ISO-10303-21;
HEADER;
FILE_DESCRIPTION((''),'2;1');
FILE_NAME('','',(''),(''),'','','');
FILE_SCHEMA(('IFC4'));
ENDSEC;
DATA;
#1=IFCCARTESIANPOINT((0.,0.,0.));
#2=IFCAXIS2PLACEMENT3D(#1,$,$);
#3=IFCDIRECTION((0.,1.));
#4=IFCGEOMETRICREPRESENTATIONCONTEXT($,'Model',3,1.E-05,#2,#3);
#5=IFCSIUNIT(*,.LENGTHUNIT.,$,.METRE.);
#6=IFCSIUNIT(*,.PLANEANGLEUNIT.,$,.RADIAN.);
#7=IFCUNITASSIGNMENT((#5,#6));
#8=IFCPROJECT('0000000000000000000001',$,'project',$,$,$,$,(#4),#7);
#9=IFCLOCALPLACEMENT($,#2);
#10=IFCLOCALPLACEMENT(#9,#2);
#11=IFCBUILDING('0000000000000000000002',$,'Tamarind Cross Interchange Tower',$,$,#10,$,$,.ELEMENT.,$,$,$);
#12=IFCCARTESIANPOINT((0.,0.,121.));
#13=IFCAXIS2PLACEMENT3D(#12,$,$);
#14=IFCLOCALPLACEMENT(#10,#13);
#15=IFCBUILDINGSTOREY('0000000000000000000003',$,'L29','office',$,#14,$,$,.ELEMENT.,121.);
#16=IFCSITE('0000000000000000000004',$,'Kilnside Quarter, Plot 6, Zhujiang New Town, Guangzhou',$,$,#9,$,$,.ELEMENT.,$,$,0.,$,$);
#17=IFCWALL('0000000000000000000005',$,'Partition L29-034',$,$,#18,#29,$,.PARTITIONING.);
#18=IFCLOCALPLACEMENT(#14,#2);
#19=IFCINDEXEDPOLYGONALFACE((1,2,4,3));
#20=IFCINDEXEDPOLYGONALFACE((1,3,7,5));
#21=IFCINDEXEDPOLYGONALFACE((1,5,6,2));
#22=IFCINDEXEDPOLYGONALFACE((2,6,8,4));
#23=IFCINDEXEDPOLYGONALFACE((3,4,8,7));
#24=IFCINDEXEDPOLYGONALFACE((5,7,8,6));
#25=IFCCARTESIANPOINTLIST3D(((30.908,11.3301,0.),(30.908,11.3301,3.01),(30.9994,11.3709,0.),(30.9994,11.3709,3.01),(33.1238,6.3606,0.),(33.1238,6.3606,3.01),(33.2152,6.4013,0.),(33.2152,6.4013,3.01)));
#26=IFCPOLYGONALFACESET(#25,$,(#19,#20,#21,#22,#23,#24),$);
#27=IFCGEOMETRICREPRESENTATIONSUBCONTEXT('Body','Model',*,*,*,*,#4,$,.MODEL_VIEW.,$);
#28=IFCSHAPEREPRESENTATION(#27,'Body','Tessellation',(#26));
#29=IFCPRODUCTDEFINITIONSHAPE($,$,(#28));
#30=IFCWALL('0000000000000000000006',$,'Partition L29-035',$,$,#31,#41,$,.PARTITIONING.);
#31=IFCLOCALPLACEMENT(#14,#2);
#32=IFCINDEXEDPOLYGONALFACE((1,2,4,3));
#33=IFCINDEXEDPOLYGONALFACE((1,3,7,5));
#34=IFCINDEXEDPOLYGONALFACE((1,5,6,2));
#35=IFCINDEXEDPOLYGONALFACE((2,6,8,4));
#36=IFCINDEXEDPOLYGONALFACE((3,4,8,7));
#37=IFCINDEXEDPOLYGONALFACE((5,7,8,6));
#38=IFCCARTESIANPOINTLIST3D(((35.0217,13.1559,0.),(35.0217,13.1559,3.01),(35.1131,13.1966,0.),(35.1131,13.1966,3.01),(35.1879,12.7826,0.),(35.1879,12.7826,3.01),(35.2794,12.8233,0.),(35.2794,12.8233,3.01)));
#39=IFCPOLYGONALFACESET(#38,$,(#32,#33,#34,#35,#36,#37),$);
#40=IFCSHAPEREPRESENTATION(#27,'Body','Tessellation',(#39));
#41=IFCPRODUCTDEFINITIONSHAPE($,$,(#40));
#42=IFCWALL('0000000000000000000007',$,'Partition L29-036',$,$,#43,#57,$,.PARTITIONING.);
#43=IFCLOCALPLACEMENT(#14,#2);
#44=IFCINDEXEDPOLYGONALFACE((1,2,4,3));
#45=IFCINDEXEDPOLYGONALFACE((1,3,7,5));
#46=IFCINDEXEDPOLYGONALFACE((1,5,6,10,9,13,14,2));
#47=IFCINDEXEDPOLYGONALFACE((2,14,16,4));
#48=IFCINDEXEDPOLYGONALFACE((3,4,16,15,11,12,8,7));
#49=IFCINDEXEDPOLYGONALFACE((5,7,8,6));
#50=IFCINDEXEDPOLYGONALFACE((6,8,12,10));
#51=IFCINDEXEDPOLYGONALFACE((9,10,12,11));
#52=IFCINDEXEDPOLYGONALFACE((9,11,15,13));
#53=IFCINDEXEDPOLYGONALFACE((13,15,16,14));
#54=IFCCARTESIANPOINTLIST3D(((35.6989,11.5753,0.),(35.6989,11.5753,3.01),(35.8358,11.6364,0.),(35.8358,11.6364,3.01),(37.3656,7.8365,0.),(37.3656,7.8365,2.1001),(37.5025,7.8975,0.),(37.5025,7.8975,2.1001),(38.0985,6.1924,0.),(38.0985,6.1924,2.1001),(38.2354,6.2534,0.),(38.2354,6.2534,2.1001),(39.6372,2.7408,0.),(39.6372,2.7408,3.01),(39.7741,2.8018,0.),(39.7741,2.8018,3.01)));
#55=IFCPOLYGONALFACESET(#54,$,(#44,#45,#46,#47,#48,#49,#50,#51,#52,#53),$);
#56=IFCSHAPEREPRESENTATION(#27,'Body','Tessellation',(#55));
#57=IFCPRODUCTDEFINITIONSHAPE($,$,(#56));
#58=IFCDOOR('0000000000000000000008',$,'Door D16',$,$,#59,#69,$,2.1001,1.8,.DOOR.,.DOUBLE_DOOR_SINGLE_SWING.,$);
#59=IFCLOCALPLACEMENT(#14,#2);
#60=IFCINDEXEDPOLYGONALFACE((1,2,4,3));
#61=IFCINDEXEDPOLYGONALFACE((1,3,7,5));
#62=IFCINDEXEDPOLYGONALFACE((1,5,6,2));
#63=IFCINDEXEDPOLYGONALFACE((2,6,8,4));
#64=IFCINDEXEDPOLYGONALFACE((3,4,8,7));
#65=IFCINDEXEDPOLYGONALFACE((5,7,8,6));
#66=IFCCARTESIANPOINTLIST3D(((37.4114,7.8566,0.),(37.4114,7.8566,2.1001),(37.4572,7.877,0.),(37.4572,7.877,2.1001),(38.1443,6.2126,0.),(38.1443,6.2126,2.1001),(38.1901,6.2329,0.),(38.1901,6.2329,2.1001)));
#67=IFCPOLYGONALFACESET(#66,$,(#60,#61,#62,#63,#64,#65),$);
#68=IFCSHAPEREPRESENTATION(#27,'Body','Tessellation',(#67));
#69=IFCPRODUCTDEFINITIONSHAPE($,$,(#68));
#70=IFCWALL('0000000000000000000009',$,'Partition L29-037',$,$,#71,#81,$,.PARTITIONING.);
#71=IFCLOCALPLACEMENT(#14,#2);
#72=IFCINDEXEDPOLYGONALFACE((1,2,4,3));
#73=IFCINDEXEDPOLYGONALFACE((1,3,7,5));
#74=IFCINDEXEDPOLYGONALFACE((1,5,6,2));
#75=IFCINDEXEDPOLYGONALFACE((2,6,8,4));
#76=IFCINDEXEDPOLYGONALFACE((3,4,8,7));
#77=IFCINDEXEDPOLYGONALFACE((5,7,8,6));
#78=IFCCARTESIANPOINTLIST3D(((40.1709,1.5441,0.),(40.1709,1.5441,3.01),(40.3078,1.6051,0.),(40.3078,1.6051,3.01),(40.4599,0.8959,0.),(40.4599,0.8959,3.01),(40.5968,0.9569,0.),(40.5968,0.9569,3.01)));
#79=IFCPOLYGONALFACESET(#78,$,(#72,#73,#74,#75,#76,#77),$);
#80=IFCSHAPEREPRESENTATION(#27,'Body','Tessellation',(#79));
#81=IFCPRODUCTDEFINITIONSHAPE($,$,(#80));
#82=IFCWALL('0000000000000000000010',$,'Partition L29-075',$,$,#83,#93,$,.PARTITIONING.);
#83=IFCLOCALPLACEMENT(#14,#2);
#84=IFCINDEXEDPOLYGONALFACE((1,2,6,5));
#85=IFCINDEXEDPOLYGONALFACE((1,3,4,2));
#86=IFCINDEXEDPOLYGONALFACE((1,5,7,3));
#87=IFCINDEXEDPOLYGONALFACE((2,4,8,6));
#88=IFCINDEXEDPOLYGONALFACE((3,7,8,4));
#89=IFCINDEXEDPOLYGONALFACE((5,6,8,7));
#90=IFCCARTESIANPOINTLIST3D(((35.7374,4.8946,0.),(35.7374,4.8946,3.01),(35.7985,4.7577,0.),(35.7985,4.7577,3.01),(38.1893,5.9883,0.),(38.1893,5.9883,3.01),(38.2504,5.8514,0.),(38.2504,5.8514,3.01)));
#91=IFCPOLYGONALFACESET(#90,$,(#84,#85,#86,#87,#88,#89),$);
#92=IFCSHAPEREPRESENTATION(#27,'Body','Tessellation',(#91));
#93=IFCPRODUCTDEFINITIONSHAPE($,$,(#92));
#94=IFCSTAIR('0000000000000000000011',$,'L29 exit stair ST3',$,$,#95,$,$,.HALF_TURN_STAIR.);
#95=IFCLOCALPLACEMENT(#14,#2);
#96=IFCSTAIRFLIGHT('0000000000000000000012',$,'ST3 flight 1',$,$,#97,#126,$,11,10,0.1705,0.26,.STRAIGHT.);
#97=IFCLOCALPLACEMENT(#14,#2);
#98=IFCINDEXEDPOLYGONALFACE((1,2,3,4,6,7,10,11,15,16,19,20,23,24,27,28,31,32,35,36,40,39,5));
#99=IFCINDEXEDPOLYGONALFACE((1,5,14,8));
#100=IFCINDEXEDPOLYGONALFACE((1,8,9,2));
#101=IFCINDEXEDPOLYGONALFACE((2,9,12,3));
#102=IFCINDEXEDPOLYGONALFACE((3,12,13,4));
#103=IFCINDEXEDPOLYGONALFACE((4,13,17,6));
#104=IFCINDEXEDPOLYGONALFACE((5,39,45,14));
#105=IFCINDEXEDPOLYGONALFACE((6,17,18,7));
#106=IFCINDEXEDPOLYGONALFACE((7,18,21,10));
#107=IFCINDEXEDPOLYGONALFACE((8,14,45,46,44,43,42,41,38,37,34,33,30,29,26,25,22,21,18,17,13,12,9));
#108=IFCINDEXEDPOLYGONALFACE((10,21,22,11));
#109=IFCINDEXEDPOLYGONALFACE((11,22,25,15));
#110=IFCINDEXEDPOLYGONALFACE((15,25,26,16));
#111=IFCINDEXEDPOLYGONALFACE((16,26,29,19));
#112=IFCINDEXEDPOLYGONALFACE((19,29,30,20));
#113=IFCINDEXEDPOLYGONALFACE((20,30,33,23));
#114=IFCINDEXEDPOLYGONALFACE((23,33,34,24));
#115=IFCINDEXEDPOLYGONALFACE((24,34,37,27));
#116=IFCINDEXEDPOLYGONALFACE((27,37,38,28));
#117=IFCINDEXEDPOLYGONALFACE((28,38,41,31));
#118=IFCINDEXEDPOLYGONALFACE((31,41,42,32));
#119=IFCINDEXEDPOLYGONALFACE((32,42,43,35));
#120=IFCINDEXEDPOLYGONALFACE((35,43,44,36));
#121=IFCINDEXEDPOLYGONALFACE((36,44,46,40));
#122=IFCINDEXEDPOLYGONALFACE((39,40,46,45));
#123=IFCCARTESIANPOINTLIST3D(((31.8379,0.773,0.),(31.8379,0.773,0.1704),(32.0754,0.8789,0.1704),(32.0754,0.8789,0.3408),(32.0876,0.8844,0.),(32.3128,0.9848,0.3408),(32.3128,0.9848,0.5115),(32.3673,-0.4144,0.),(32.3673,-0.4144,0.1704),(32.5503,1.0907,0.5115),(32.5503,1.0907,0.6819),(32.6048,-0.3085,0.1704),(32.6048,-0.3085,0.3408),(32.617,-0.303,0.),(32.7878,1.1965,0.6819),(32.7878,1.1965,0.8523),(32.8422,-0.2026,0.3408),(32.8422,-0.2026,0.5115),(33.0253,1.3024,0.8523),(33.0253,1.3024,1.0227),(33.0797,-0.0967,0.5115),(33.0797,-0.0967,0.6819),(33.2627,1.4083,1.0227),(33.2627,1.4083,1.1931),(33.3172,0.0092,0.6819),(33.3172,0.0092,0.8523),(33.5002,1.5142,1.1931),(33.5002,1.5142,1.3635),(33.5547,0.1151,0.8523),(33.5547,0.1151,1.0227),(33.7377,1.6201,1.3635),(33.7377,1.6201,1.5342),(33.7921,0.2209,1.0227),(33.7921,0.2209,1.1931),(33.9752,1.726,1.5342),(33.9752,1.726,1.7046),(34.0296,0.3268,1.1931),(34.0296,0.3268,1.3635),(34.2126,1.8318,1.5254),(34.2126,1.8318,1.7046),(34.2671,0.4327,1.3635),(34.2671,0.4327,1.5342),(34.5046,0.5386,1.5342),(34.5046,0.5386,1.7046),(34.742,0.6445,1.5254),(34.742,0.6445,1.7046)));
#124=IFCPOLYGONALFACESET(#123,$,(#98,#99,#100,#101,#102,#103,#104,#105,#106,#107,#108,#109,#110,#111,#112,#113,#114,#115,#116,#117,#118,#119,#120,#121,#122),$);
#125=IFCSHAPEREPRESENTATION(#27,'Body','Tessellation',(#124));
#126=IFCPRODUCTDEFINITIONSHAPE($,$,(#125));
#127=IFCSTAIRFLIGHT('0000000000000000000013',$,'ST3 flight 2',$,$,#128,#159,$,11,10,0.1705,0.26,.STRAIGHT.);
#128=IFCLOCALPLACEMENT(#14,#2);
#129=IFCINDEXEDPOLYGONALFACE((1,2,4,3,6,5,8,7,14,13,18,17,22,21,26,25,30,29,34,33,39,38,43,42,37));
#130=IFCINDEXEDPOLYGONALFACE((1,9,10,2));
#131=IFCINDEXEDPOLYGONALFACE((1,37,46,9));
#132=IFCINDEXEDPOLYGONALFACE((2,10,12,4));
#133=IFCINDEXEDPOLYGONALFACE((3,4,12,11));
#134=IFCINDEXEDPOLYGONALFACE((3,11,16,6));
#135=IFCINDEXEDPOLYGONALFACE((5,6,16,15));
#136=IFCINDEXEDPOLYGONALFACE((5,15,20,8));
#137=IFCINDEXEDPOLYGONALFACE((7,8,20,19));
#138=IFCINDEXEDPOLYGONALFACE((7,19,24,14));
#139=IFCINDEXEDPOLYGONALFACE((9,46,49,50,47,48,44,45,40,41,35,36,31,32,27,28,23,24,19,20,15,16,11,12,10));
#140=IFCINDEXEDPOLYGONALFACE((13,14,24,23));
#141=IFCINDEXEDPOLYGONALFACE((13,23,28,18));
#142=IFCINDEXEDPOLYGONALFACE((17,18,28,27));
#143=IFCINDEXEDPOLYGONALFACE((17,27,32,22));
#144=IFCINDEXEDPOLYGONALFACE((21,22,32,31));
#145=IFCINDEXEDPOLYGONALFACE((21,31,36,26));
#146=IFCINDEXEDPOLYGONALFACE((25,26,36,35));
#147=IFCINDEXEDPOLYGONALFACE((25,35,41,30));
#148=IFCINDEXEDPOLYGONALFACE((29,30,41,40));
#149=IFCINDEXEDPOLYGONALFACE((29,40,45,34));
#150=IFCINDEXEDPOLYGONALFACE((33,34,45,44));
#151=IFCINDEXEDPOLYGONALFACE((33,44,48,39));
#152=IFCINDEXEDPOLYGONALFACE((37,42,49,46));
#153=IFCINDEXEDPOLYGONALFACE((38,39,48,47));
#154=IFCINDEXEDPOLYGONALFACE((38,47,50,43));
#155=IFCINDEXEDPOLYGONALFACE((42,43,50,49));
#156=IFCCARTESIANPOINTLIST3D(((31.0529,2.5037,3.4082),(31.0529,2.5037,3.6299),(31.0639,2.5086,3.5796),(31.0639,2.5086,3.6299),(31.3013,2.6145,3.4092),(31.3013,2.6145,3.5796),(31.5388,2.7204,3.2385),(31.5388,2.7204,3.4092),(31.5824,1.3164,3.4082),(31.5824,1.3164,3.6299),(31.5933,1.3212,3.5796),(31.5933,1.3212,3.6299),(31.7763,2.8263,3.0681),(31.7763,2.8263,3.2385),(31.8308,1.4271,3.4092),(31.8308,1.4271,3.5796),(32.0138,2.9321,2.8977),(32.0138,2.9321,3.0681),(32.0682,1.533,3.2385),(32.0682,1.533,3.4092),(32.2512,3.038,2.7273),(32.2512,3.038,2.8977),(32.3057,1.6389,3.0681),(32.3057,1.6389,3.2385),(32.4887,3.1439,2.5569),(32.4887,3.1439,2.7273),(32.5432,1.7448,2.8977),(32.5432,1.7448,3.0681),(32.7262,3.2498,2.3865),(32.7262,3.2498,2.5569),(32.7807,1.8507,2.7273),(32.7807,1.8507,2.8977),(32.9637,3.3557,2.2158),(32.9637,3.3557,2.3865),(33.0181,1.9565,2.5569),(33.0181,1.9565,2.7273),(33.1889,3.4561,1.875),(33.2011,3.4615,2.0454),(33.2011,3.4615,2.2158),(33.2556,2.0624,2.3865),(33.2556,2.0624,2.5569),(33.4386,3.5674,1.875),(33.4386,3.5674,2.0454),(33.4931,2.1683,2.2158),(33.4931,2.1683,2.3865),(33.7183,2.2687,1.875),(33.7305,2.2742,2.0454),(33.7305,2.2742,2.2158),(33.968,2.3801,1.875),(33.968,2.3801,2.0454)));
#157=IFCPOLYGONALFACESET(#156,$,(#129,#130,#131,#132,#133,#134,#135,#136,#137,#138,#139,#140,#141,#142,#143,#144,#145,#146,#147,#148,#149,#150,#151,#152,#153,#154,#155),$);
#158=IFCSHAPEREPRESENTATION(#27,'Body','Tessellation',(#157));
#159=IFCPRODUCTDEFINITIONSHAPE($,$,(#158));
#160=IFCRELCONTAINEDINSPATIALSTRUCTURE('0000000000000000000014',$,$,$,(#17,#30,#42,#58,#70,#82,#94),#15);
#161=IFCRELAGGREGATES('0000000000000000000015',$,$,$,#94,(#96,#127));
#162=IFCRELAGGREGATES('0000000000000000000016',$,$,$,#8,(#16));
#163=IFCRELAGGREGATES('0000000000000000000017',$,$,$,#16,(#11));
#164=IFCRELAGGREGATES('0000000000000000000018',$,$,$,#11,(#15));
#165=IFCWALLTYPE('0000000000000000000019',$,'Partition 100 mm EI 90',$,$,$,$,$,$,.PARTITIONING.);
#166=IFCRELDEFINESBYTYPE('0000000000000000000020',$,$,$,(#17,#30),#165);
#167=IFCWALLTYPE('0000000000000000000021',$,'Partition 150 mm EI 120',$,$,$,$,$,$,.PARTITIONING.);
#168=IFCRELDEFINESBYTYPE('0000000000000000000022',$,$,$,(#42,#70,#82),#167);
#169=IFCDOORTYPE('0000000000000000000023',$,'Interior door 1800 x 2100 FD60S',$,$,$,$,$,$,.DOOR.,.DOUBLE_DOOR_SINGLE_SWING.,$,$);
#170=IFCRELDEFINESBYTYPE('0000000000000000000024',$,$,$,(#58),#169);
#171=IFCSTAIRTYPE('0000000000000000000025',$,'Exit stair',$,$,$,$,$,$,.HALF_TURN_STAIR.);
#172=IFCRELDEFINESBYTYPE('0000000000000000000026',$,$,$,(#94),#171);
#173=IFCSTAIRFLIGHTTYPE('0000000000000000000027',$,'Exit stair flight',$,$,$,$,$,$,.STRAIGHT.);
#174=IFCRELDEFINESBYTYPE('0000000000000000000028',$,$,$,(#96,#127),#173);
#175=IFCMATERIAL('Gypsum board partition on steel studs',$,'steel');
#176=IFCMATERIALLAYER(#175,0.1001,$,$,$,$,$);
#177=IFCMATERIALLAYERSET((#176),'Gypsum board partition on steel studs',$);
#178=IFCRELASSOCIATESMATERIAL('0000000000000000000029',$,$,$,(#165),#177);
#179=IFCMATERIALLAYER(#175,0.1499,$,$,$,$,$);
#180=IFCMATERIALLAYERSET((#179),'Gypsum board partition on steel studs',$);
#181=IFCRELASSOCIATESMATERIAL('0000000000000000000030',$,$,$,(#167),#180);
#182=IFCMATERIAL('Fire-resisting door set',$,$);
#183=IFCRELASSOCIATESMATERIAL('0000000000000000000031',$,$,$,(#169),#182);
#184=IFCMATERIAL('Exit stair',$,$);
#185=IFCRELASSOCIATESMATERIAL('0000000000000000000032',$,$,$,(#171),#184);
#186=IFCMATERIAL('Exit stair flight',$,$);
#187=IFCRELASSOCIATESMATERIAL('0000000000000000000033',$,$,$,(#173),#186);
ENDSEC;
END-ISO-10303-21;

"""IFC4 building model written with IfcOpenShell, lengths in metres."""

from ifc_helpers import new_model, si_unit, direction, frame, frame_2d, origin, place, context, subcontext, project, spatial, polyline, rectangle, outline, extrude, material, layer, layer_set, type_object, element, fill, aggregate, save


model = new_model("IFC4")

# Units and contexts
model_context = context("Model", 3, precision=1e-05, world=origin(), true_north=direction((0.0, 1.0)))
body_context = subcontext(model_context, "Body", "Model", "MODEL_VIEW")
ifc_project = project(units=[si_unit("LENGTHUNIT", "METRE"), si_unit("PLANEANGLEUNIT", "RADIAN")], contexts=[model_context])

# Site, building, storey
site_placement = place(None, origin())
site = spatial("IfcSite", under=ifc_project, at=site_placement, Name="Kilnside Quarter, Plot 6, Zhujiang New Town, Guangzhou", CompositionType="ELEMENT", RefElevation=0.0)
building_placement = place(site_placement, origin())
building = spatial("IfcBuilding", under=site, at=building_placement, Name="Tamarind Cross Interchange Tower", CompositionType="ELEMENT")
storey_placement = place(building_placement, frame((0.0, 0.0, 121.0)))
storey = spatial("IfcBuildingStorey", under=building, at=storey_placement, Name="L29", Description="office", CompositionType="ELEMENT", Elevation=121.0)

# Walls
ifc_material_1 = material(Name="Gypsum board partition on steel studs", Category="steel")
ifc_layer_1 = layer(ifc_material_1, 0.1001)
ifc_layer_set_1 = layer_set([ifc_layer_1], Name="Gypsum board partition on steel studs")
wall_type_1 = type_object("IfcWallType", Name="Partition 100 mm EI 90", PredefinedType="PARTITIONING", material=ifc_layer_set_1)
wall_1_placement = place(storey_placement, frame((30.9536, 11.3506, 0.0), z_axis=(0.0, 0.0, 1.0), x_axis=(0.407237, -0.913322, 0.0)))
element("IfcWall", 1, at=wall_1_placement, inside=storey, type_object=wall_type_1, Name="Partition L29-034", PredefinedType="PARTITIONING", context=body_context, shape_type="SweptSolid", body=[
    extrude(rectangle(XDim=5.4412, YDim=0.1001, at=frame_2d((2.7207, 0.0))), origin(), (0.0, 0.0, 1.0), 3.01),
])
wall_2_placement = place(storey_placement, frame((35.0674, 13.1763, 0.0), z_axis=(0.0, 0.0, 1.0), x_axis=(0.406859, -0.913491, 0.0)))
element("IfcWall", 2, at=wall_2_placement, inside=storey, type_object=wall_type_1, Name="Partition L29-035", PredefinedType="PARTITIONING", context=body_context, shape_type="SweptSolid", body=[
    extrude(rectangle(XDim=0.4087, YDim=0.1001, at=frame_2d((0.2043, 0.0))), origin(), (0.0, 0.0, 1.0), 3.01),
])

# Wall, opening, door
ifc_layer_2 = layer(ifc_material_1, 0.1499)
ifc_layer_set_2 = layer_set([ifc_layer_2], Name="Gypsum board partition on steel studs")
wall_type_2 = type_object("IfcWallType", Name="Partition 150 mm EI 120", PredefinedType="PARTITIONING", material=ifc_layer_set_2)
wall_3_placement = place(storey_placement, frame((35.7673, 11.606, 0.0), z_axis=(0.0, 0.0, 1.0), x_axis=(0.407157, -0.913358, 0.0)))
wall_3 = element("IfcWall", 3, at=wall_3_placement, inside=storey, type_object=wall_type_2, Name="Partition L29-036", PredefinedType="PARTITIONING", context=body_context, shape_type="SweptSolid", body=[
    extrude(rectangle(XDim=9.6726, YDim=0.1499, at=frame_2d((4.8364, 0.0))), origin(), (0.0, 0.0, 1.0), 3.01),
])
opening_placement = place(wall_3_placement, frame((4.0938, 0.0, 0.0)))
opening = element("IfcOpeningElement", 4, at=opening_placement, cuts=wall_3, PredefinedType="OPENING", context=body_context, shape_type="SweptSolid", body=[
    extrude(rectangle(XDim=1.8, YDim=2.1001, at=frame_2d((0.8999, 1.05))), frame((0.0, 0.085, 0.0), z_axis=(0.0, -1.0, 0.0), x_axis=(1.0, 0.0, 0.0)), (0.0, 0.0, 1.0), 0.1699),
])
ifc_material_2 = material(Name="Fire-resisting door set")
door_type = type_object("IfcDoorType", Name="Interior door 1800 x 2100 FD60S", OperationType="DOUBLE_DOOR_SINGLE_SWING", PredefinedType="DOOR", material=ifc_material_2)
door_placement = place(opening_placement, frame((1.8, 0.0, 0.0), z_axis=(0.0, 0.0, 1.0), x_axis=(-1.0, 0.0, 0.0)))
door = element("IfcDoor", 5, at=door_placement, inside=storey, type_object=door_type, Name="Door D16", OperationType="DOUBLE_DOOR_SINGLE_SWING", OverallHeight=2.1001, OverallWidth=1.8, PredefinedType="DOOR", context=body_context, shape_type="SweptSolid", body=[
    extrude(rectangle(XDim=1.8, YDim=2.1001, at=frame_2d((0.8999, 1.05))), frame((0.0, 0.0249, 0.0), z_axis=(0.0, -1.0, 0.0), x_axis=(1.0, 0.0, 0.0)), (0.0, 0.0, 1.0), 0.05),
])
fill(opening, door)

# Walls
wall_4_placement = place(storey_placement, frame((40.2393, 1.5747, 0.0), z_axis=(0.0, 0.0, 1.0), x_axis=(0.407287, -0.9133, 0.0)))
element("IfcWall", 6, at=wall_4_placement, inside=storey, type_object=wall_type_2, Name="Partition L29-037", PredefinedType="PARTITIONING", context=body_context, shape_type="SweptSolid", body=[
    extrude(rectangle(XDim=0.7097, YDim=0.1499, at=frame_2d((0.355, 0.0))), origin(), (0.0, 0.0, 1.0), 3.01),
])
wall_5_placement = place(storey_placement, frame((35.7681, 4.8262, 0.0), z_axis=(0.0, 0.0, 1.0), x_axis=(0.913256, 0.407387, 0.0)))
element("IfcWall", 7, at=wall_5_placement, inside=storey, type_object=wall_type_2, Name="Partition L29-075", PredefinedType="PARTITIONING", context=body_context, shape_type="SweptSolid", body=[
    extrude(rectangle(XDim=2.6848, YDim=0.1499, at=frame_2d((1.3423, 0.0))), origin(), (0.0, 0.0, 1.0), 3.01),
])

# Stair, stair flights
ifc_material_3 = material(Name="Exit stair")
stair_type = type_object("IfcStairType", Name="Exit stair", PredefinedType="HALF_TURN_STAIR", material=ifc_material_3)
stair_placement = place(storey_placement, origin())
stair = element("IfcStair", 8, at=stair_placement, inside=storey, type_object=stair_type, Name="L29 exit stair ST3", PredefinedType="HALF_TURN_STAIR")
ifc_material_4 = material(Name="Exit stair flight")
stair_flight_type = type_object("IfcStairFlightType", Name="Exit stair flight", PredefinedType="STRAIGHT", material=ifc_material_4)
stair_flight_1_placement = place(storey_placement, frame((32.1025, 0.1794, 0.0), z_axis=(0.0, 0.0, 1.0), x_axis=(0.91333, 0.407221, 0.0)))
stair_flight_1 = element("IfcStairFlight", 9, at=stair_flight_1_placement, type_object=stair_flight_type, Name="ST3 flight 1", NumberOfRisers=11, NumberOfTreads=10, PredefinedType="STRAIGHT", RiserHeight=0.1705, TreadLength=0.26, context=body_context, shape_type="SweptSolid", body=[
    extrude(outline(polyline([(0.0, 0.0), (0.0, 0.1704), (0.26, 0.1704), (0.26, 0.3408), (0.52, 0.3408), (0.52, 0.5115), (0.78, 0.5115), (0.78, 0.6819), (1.04, 0.6819), (1.04, 0.8523), (1.3, 0.8523), (1.3, 1.0227), (1.5601, 1.0227), (1.5601, 1.1931), (1.8201, 1.1931), (1.8201, 1.3635), (2.0801, 1.3635), (2.0801, 1.5342), (2.3401, 1.5342), (2.3401, 1.7046), (2.6001, 1.7046), (2.6001, 1.875), (2.6001, 1.5254), (0.2734, 0.0), (0.0, 0.0)])), frame((0.0, 0.6499, 0.0), z_axis=(0.0, -1.0, 0.0), x_axis=(1.0, 0.0, 0.0)), (0.0, 0.0, 1.0), 1.3),
])
stair_flight_2_placement = place(storey_placement, frame((33.7034, 2.9736, 1.875), z_axis=(0.0, 0.0, 1.0), x_axis=(-0.91333, -0.407221, 0.0)))
stair_flight_2 = element("IfcStairFlight", 10, at=stair_flight_2_placement, type_object=stair_flight_type, Name="ST3 flight 2", NumberOfRisers=11, NumberOfTreads=10, PredefinedType="STRAIGHT", RiserHeight=0.1705, TreadLength=0.26, context=body_context, shape_type="SweptSolid", body=[
    extrude(outline(polyline([(0.0, 0.0), (0.0, 0.1704), (0.26, 0.1704), (0.26, 0.3408), (0.52, 0.3408), (0.52, 0.5115), (0.78, 0.5115), (0.78, 0.6819), (1.04, 0.6819), (1.04, 0.8523), (1.3, 0.8523), (1.3, 1.0227), (1.5601, 1.0227), (1.5601, 1.1931), (1.8201, 1.1931), (1.8201, 1.3635), (2.0801, 1.3635), (2.0801, 1.5342), (2.3401, 1.5342), (2.3401, 1.7046), (2.6001, 1.7046), (2.6001, 1.7549), (2.6121, 1.7549), (2.6121, 1.5332), (0.2734, 0.0), (0.0, 0.0)])), frame((0.0, 0.6499, 0.0), z_axis=(0.0, -1.0, 0.0), x_axis=(1.0, 0.0, 0.0)), (0.0, 0.0, 1.0), 1.3),
])
aggregate(stair, [stair_flight_1, stair_flight_2])

save(model, "model.ifc")
